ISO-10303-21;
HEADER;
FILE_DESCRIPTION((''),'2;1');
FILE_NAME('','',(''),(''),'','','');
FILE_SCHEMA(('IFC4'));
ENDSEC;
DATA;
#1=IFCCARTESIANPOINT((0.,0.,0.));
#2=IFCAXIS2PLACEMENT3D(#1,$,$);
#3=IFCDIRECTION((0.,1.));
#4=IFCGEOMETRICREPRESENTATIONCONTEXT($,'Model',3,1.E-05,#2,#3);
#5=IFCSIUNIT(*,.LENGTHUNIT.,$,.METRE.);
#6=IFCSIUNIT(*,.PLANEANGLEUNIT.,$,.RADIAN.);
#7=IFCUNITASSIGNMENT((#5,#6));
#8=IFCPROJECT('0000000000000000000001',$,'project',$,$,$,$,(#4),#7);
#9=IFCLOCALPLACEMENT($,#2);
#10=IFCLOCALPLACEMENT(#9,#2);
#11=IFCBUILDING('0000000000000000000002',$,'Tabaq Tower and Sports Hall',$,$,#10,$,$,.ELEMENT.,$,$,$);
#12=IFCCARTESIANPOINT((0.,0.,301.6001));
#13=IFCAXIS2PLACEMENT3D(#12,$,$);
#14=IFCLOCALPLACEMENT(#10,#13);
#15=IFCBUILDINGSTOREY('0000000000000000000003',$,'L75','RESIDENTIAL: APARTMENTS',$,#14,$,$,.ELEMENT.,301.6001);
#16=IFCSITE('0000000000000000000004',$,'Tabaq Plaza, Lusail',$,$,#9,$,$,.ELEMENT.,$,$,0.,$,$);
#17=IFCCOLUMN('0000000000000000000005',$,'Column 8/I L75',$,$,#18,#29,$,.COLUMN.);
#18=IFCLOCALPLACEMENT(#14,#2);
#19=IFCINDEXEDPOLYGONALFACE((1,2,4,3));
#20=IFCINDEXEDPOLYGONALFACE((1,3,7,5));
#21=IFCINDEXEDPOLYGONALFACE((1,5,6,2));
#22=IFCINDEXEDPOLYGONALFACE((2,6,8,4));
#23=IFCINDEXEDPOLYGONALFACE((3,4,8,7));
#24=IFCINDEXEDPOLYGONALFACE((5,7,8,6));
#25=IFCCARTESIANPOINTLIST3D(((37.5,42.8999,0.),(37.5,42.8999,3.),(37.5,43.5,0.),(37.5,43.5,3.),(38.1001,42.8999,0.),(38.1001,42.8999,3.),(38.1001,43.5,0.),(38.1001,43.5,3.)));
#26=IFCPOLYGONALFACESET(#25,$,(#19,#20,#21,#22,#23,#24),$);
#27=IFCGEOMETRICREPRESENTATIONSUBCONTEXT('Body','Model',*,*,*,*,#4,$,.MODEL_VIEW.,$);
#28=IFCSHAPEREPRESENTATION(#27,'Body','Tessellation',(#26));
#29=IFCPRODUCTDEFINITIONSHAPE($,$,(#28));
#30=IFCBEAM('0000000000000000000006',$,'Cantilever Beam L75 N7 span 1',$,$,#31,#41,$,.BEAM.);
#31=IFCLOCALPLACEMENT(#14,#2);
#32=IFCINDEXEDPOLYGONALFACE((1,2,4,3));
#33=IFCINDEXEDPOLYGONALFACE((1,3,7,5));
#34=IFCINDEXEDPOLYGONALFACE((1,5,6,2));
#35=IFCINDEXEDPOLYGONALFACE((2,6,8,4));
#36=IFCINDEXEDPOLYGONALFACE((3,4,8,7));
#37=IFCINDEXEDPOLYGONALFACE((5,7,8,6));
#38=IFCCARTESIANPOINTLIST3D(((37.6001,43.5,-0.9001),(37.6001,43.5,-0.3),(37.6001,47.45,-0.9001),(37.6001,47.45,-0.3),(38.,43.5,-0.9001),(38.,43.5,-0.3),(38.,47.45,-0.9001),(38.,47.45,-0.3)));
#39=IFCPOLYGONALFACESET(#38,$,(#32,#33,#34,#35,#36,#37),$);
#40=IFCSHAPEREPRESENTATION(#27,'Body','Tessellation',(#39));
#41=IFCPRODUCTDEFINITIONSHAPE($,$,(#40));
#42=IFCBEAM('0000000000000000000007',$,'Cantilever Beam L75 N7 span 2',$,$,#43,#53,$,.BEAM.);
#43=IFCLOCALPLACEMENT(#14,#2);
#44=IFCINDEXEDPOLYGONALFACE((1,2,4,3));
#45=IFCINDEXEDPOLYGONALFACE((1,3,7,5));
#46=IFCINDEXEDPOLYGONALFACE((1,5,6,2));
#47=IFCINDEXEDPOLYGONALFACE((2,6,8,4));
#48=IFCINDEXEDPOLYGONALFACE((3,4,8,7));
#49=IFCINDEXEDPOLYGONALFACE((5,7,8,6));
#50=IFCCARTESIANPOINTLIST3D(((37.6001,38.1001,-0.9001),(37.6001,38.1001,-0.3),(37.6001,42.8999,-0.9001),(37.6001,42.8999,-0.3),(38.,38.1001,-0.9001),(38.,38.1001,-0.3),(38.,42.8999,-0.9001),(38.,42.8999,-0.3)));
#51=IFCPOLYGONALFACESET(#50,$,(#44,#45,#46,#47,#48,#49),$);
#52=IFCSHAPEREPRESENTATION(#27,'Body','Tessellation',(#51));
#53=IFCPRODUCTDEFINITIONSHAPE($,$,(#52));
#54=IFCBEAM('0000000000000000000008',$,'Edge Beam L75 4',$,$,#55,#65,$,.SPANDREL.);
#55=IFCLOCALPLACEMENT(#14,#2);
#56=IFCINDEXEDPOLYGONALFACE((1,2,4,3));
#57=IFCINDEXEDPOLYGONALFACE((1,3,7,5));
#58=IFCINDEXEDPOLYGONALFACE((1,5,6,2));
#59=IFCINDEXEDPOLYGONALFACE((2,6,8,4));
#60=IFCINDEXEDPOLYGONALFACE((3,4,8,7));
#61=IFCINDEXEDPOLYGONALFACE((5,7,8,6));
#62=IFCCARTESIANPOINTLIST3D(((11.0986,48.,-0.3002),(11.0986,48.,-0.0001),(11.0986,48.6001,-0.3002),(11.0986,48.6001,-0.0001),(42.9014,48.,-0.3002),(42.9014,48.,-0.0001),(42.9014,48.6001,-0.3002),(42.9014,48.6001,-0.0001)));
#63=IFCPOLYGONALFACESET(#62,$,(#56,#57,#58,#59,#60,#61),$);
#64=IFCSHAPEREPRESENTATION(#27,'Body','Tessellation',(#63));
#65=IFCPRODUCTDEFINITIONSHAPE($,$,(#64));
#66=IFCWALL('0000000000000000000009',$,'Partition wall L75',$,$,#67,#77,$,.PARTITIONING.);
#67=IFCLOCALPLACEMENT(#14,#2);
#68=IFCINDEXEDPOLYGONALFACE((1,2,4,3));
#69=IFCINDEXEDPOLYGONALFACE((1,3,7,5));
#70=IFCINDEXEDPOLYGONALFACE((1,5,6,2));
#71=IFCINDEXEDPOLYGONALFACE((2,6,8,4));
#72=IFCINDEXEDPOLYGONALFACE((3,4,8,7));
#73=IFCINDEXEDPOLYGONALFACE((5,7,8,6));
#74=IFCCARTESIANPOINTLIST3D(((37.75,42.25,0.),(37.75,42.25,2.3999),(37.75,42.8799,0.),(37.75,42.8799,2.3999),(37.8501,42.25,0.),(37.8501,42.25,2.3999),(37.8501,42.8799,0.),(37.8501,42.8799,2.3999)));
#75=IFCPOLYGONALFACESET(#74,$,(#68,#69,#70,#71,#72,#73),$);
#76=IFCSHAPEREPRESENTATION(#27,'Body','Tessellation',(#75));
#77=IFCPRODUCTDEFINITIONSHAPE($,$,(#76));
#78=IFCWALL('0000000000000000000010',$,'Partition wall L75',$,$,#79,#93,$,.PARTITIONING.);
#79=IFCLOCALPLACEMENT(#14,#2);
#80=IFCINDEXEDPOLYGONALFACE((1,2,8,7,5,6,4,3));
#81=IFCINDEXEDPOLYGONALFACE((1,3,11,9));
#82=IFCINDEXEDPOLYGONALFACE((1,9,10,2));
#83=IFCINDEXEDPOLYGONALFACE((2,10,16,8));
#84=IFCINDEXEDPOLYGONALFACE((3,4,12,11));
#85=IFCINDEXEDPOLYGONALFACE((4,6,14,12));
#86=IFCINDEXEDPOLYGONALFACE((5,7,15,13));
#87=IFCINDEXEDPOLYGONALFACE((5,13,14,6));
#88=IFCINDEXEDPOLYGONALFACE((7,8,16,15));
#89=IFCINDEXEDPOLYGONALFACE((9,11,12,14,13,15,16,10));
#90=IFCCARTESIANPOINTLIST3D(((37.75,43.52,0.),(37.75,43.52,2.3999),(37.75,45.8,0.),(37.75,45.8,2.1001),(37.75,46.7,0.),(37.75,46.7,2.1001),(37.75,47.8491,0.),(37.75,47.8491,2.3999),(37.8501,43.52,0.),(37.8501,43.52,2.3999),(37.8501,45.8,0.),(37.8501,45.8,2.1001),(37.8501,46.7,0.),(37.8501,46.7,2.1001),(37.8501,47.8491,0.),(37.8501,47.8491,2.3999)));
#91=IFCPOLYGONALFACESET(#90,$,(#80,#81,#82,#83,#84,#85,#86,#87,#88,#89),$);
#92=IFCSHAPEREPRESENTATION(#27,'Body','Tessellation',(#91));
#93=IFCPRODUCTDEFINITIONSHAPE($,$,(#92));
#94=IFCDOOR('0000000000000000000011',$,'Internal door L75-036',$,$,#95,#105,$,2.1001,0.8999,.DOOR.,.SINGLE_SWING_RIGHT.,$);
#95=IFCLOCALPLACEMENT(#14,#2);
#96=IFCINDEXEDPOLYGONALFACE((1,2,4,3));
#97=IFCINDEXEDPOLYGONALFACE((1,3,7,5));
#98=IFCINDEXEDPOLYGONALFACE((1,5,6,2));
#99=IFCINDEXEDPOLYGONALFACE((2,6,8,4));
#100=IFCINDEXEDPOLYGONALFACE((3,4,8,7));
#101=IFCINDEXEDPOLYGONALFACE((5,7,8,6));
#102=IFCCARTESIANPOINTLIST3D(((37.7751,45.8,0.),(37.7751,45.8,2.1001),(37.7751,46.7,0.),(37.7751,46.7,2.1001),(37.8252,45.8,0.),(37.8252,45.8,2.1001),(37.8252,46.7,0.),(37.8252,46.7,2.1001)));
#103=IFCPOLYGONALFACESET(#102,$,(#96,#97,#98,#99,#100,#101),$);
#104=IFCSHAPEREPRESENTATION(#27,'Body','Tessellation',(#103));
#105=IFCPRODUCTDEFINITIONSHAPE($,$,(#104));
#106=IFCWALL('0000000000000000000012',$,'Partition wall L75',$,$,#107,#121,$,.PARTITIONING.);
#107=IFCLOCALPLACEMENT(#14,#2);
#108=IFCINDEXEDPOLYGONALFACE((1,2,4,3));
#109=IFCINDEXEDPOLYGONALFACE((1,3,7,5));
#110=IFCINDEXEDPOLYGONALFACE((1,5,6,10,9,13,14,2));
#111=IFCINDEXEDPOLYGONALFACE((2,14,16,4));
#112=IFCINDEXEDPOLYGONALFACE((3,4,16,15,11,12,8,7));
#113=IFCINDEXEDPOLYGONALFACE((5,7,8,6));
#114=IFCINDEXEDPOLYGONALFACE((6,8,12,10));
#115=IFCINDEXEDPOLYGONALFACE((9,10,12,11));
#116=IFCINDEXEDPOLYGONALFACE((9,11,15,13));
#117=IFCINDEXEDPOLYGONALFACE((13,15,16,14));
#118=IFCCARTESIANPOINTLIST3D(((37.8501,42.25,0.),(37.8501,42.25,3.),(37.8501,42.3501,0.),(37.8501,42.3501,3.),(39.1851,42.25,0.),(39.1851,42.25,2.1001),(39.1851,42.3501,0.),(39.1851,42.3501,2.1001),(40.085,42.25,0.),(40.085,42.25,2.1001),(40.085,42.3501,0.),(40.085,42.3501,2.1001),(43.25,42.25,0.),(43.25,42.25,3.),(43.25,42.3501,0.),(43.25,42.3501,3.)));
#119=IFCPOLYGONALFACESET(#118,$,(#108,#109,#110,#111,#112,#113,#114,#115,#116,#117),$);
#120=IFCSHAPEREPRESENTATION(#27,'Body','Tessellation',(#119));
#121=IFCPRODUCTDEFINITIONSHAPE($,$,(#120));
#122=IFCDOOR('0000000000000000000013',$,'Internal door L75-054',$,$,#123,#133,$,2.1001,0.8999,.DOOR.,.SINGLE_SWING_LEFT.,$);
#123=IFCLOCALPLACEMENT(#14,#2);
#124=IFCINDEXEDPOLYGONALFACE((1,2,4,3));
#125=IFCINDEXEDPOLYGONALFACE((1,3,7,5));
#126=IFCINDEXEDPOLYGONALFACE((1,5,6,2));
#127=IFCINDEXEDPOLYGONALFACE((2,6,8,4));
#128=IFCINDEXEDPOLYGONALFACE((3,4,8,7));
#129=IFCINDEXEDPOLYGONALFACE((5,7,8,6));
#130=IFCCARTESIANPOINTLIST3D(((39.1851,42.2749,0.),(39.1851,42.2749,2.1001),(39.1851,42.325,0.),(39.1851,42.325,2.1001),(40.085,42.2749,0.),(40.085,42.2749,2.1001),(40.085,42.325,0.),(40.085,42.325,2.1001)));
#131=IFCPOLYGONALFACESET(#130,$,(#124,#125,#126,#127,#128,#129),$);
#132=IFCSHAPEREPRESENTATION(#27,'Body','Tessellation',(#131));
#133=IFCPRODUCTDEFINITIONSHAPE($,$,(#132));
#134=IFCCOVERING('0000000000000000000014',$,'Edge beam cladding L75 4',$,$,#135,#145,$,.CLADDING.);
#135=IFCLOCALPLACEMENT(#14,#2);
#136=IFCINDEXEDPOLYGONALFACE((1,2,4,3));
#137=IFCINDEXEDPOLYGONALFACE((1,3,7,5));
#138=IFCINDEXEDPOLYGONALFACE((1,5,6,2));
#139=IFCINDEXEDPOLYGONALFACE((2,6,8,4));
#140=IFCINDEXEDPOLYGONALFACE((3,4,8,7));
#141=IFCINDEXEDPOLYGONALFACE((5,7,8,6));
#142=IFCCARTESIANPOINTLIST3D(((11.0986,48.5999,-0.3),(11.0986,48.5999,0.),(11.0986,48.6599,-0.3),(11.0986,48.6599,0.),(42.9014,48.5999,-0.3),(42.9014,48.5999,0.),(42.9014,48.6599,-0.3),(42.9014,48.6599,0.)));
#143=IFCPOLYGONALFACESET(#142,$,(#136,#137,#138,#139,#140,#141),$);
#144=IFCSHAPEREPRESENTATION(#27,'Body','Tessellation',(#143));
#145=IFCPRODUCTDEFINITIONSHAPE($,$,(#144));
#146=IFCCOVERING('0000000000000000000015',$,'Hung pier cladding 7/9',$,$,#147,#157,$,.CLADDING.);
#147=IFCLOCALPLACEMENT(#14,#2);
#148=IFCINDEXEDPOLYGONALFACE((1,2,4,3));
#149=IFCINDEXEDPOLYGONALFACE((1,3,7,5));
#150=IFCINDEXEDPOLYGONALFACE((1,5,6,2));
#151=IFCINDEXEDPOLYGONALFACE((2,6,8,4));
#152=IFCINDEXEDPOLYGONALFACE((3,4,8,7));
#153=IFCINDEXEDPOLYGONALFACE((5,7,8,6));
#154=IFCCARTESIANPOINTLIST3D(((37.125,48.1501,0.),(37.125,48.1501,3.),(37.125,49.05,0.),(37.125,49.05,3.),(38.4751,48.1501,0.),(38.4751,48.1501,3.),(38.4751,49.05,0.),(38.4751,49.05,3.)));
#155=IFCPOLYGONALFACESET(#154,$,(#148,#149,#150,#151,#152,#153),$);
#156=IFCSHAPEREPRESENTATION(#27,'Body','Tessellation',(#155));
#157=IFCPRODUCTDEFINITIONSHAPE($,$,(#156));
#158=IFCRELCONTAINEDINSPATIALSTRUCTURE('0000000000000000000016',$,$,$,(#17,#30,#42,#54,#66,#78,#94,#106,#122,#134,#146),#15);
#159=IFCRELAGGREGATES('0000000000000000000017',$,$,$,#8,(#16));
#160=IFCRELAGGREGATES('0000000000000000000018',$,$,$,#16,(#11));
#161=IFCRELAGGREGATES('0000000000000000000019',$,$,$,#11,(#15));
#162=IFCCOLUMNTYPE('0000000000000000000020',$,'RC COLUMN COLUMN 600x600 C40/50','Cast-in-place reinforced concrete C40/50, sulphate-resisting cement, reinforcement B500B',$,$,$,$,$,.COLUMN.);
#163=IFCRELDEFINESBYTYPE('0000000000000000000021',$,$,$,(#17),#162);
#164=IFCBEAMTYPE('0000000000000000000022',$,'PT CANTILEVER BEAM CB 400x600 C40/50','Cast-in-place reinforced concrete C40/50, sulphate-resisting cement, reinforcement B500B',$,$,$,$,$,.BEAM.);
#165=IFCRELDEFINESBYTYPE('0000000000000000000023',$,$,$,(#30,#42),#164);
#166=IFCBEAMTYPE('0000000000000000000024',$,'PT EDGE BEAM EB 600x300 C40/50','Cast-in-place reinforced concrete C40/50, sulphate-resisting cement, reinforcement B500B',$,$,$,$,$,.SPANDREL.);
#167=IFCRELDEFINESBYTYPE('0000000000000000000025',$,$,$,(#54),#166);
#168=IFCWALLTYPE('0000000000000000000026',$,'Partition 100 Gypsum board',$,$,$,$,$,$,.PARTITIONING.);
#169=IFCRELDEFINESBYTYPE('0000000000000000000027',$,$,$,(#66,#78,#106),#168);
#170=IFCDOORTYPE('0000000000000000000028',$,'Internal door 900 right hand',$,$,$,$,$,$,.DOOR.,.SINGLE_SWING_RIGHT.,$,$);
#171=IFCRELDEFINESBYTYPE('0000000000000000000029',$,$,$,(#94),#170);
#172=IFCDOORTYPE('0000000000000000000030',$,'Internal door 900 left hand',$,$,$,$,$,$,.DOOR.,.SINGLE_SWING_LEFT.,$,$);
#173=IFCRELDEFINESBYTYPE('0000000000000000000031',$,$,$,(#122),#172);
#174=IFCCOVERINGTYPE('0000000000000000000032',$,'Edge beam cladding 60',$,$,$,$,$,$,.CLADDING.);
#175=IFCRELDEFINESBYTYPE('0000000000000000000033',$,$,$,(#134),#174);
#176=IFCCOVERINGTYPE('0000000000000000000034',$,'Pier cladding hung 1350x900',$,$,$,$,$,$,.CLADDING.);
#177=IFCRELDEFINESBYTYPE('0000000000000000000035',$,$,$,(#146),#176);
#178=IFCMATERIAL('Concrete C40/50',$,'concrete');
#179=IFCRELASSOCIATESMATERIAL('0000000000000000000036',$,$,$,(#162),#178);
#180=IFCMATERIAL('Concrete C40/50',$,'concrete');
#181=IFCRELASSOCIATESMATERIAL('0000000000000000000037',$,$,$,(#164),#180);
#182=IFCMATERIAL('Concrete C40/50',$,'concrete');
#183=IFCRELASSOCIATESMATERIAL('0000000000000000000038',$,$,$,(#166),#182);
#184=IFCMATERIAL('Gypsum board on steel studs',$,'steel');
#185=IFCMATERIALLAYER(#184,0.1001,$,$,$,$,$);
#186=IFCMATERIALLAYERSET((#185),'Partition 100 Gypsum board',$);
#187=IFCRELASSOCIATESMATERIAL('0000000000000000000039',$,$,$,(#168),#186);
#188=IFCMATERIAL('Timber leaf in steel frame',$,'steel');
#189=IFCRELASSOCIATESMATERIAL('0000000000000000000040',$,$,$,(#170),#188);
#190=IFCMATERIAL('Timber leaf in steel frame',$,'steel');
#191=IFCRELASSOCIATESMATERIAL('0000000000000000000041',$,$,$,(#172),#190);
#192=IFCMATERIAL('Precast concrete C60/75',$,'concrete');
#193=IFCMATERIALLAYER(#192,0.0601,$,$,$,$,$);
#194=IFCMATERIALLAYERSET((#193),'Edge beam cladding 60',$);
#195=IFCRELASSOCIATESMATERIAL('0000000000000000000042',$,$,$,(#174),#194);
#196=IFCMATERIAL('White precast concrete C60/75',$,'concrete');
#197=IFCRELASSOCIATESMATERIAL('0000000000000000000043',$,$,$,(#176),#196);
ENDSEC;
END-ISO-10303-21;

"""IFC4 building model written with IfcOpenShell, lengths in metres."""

from ifc_helpers import new_model, si_unit, direction, frame, frame_2d, origin, origin_2d, place, context, subcontext, project, spatial, rectangle, extrude, material, layer, layer_set, material_profile, profile_set, type_object, element, fill, save


model = new_model("IFC4")

# Units and contexts
model_context = context("Model", 3, precision=1e-05, world=origin(), true_north=direction((0.0, 1.0)))
body_context = subcontext(model_context, "Body", "Model", "MODEL_VIEW")
ifc_project = project(units=[si_unit("LENGTHUNIT", "METRE"), si_unit("PLANEANGLEUNIT", "RADIAN")], contexts=[model_context])

# Site, building, storey
site_placement = place(None, origin())
site = spatial("IfcSite", under=ifc_project, at=site_placement, Name="Tabaq Plaza, Lusail", CompositionType="ELEMENT", RefElevation=0.0)
building_placement = place(site_placement, origin())
building = spatial("IfcBuilding", under=site, at=building_placement, Name="Tabaq Tower and Sports Hall", CompositionType="ELEMENT")
storey_placement = place(building_placement, frame((0.0, 0.0, 301.6001)))
storey = spatial("IfcBuildingStorey", under=building, at=storey_placement, Name="L75", Description="RESIDENTIAL: APARTMENTS", CompositionType="ELEMENT", Elevation=301.6001)

# Column
ifc_material_1 = material(Name="Concrete C40/50", Category="concrete")
ifc_material_profile_1 = material_profile(ifc_material_1, rectangle(XDim=0.6001, YDim=0.6001, at=origin_2d()), Name="COLUMN 600x600")
ifc_profile_set_1 = profile_set([ifc_material_profile_1], Name="Concrete C40/50")
column_type = type_object("IfcColumnType", Name="RC COLUMN COLUMN 600x600 C40/50", Description="Cast-in-place reinforced concrete C40/50, sulphate-resisting cement, reinforcement B500B", PredefinedType="COLUMN", material=ifc_profile_set_1)
column_placement = place(storey_placement, frame((37.8, 43.2, 0.0), z_axis=(0.0, 0.0, 1.0), x_axis=(1.0, 0.0, 0.0)))
element("IfcColumn", 1, at=column_placement, inside=storey, type_object=column_type, Name="Column 8/I L75", PredefinedType="COLUMN", context=body_context, shape_type="SweptSolid", body=[
    extrude(rectangle(XDim=0.6001, YDim=0.6001, at=origin_2d()), origin(), (0.0, 0.0, 1.0), 3.0),
])

# Beams
ifc_material_2 = material(Name="Concrete C40/50", Category="concrete")
ifc_material_profile_2 = material_profile(ifc_material_2, rectangle(XDim=0.3999, YDim=0.6001, at=origin_2d()), Name="CB 400x600")
ifc_profile_set_2 = profile_set([ifc_material_profile_2], Name="Concrete C40/50")
beam_type_1 = type_object("IfcBeamType", Name="PT CANTILEVER BEAM CB 400x600 C40/50", Description="Cast-in-place reinforced concrete C40/50, sulphate-resisting cement, reinforcement B500B", PredefinedType="BEAM", material=ifc_profile_set_2)
beam_1_placement = place(storey_placement, frame((37.8, 47.45, -0.6001), z_axis=(0.0, -1.0, 0.0), x_axis=(1.0, 0.0, 0.0)))
element("IfcBeam", 2, at=beam_1_placement, inside=storey, type_object=beam_type_1, Name="Cantilever Beam L75 N7 span 1", PredefinedType="BEAM", context=body_context, shape_type="SweptSolid", body=[
    extrude(rectangle(XDim=0.3999, YDim=0.6001, at=origin_2d()), origin(), (0.0, 0.0, 1.0), 3.95),
])
beam_2_placement = place(storey_placement, frame((37.8, 42.8999, -0.6001), z_axis=(0.0, -1.0, 0.0), x_axis=(1.0, 0.0, 0.0)))
element("IfcBeam", 3, at=beam_2_placement, inside=storey, type_object=beam_type_1, Name="Cantilever Beam L75 N7 span 2", PredefinedType="BEAM", context=body_context, shape_type="SweptSolid", body=[
    extrude(rectangle(XDim=0.3999, YDim=0.6001, at=origin_2d()), origin(), (0.0, 0.0, 1.0), 4.7998),
])
ifc_material_3 = material(Name="Concrete C40/50", Category="concrete")
ifc_material_profile_3 = material_profile(ifc_material_3, rectangle(XDim=0.6001, YDim=0.3, at=origin_2d()), Name="EB 600x300")
ifc_profile_set_3 = profile_set([ifc_material_profile_3], Name="Concrete C40/50")
beam_type_2 = type_object("IfcBeamType", Name="PT EDGE BEAM EB 600x300 C40/50", Description="Cast-in-place reinforced concrete C40/50, sulphate-resisting cement, reinforcement B500B", PredefinedType="SPANDREL", material=ifc_profile_set_3)
beam_3_placement = place(storey_placement, frame((42.9014, 48.3, -0.1501), z_axis=(-1.0, 0.0, 0.0), x_axis=(0.0, -1.0, 0.0)))
element("IfcBeam", 4, at=beam_3_placement, inside=storey, type_object=beam_type_2, Name="Edge Beam L75 4", PredefinedType="SPANDREL", context=body_context, shape_type="SweptSolid", body=[
    extrude(rectangle(XDim=0.6001, YDim=0.3, at=origin_2d()), origin(), (0.0, 0.0, 1.0), 31.8027),
])

# Wall
ifc_material_4 = material(Name="Gypsum board on steel studs", Category="steel")
ifc_layer_1 = layer(ifc_material_4, 0.1001)
ifc_layer_set_1 = layer_set([ifc_layer_1], Name="Partition 100 Gypsum board")
wall_type = type_object("IfcWallType", Name="Partition 100 Gypsum board", PredefinedType="PARTITIONING", material=ifc_layer_set_1)
wall_1_placement = place(storey_placement, frame((37.8, 42.25, 0.0), z_axis=(0.0, 0.0, 1.0), x_axis=(0.0, 1.0, 0.0)))
element("IfcWall", 5, at=wall_1_placement, inside=storey, type_object=wall_type, Name="Partition wall L75", PredefinedType="PARTITIONING", context=body_context, shape_type="SweptSolid", body=[
    extrude(rectangle(XDim=0.6299, YDim=0.1001, at=frame_2d((0.3149, 0.0))), origin(), (0.0, 0.0, 1.0), 2.3999),
])

# Walls, openings, doors
wall_2_placement = place(storey_placement, frame((37.8, 43.52, 0.0), z_axis=(0.0, 0.0, 1.0), x_axis=(0.0, 1.0, 0.0)))
wall_2 = element("IfcWall", 6, at=wall_2_placement, inside=storey, type_object=wall_type, Name="Partition wall L75", PredefinedType="PARTITIONING", context=body_context, shape_type="SweptSolid", body=[
    extrude(rectangle(XDim=4.3291, YDim=0.1001, at=frame_2d((2.1646, 0.0))), origin(), (0.0, 0.0, 1.0), 2.3999),
])
opening_1_placement = place(wall_2_placement, frame((2.28, 0.0, 0.0)))
opening_1 = element("IfcOpeningElement", 7, at=opening_1_placement, cuts=wall_2, PredefinedType="OPENING", context=body_context, shape_type="SweptSolid", body=[
    extrude(rectangle(XDim=0.8999, YDim=2.1001, at=frame_2d((0.45, 1.05))), frame((0.0, 0.05, 0.0), z_axis=(0.0, -1.0, 0.0), x_axis=(1.0, 0.0, 0.0)), (0.0, 0.0, 1.0), 0.1001),
])
ifc_material_5 = material(Name="Timber leaf in steel frame", Category="steel")
door_type_1 = type_object("IfcDoorType", Name="Internal door 900 right hand", OperationType="SINGLE_SWING_RIGHT", PredefinedType="DOOR", material=ifc_material_5)
door_1_placement = place(opening_1_placement, origin())
door_1 = element("IfcDoor", 8, at=door_1_placement, inside=storey, type_object=door_type_1, Name="Internal door L75-036", OperationType="SINGLE_SWING_RIGHT", OverallHeight=2.1001, OverallWidth=0.8999, PredefinedType="DOOR", context=body_context, shape_type="SweptSolid", body=[
    extrude(rectangle(XDim=0.8999, YDim=2.1001, at=frame_2d((0.45, 1.05))), frame((0.0, 0.0249, 0.0), z_axis=(0.0, -1.0, 0.0), x_axis=(1.0, 0.0, 0.0)), (0.0, 0.0, 1.0), 0.05),
])
fill(opening_1, door_1)
wall_3_placement = place(storey_placement, frame((37.8501, 42.3, 0.0), z_axis=(0.0, 0.0, 1.0), x_axis=(1.0, 0.0, 0.0)))
wall_3 = element("IfcWall", 9, at=wall_3_placement, inside=storey, type_object=wall_type, Name="Partition wall L75", PredefinedType="PARTITIONING", context=body_context, shape_type="SweptSolid", body=[
    extrude(rectangle(XDim=5.3999, YDim=0.1001, at=frame_2d((2.7, 0.0))), origin(), (0.0, 0.0, 1.0), 3.0),
])
opening_2_placement = place(wall_3_placement, frame((1.335, 0.0, 0.0)))
opening_2 = element("IfcOpeningElement", 10, at=opening_2_placement, cuts=wall_3, PredefinedType="OPENING", context=body_context, shape_type="SweptSolid", body=[
    extrude(rectangle(XDim=0.8999, YDim=2.1001, at=frame_2d((0.45, 1.05))), frame((0.0, 0.05, 0.0), z_axis=(0.0, -1.0, 0.0), x_axis=(1.0, 0.0, 0.0)), (0.0, 0.0, 1.0), 0.1001),
])
ifc_material_6 = material(Name="Timber leaf in steel frame", Category="steel")
door_type_2 = type_object("IfcDoorType", Name="Internal door 900 left hand", OperationType="SINGLE_SWING_LEFT", PredefinedType="DOOR", material=ifc_material_6)
door_2_placement = place(opening_2_placement, origin())
door_2 = element("IfcDoor", 11, at=door_2_placement, inside=storey, type_object=door_type_2, Name="Internal door L75-054", OperationType="SINGLE_SWING_LEFT", OverallHeight=2.1001, OverallWidth=0.8999, PredefinedType="DOOR", context=body_context, shape_type="SweptSolid", body=[
    extrude(rectangle(XDim=0.8999, YDim=2.1001, at=frame_2d((0.45, 1.05))), frame((0.0, 0.0249, 0.0), z_axis=(0.0, -1.0, 0.0), x_axis=(1.0, 0.0, 0.0)), (0.0, 0.0, 1.0), 0.05),
])
fill(opening_2, door_2)

# Coverings
ifc_material_7 = material(Name="Precast concrete C60/75", Category="concrete")
ifc_layer_2 = layer(ifc_material_7, 0.0601)
ifc_layer_set_2 = layer_set([ifc_layer_2], Name="Edge beam cladding 60")
covering_type_1 = type_object("IfcCoveringType", Name="Edge beam cladding 60", PredefinedType="CLADDING", material=ifc_layer_set_2)
covering_1_placement = place(storey_placement, frame((42.9014, 48.6299, -0.3), z_axis=(0.0, 0.0, 1.0), x_axis=(-1.0, 0.0, 0.0)))
element("IfcCovering", 12, at=covering_1_placement, inside=storey, type_object=covering_type_1, Name="Edge beam cladding L75 4", PredefinedType="CLADDING", context=body_context, shape_type="SweptSolid", body=[
    extrude(rectangle(XDim=31.8027, YDim=0.0601, at=frame_2d((15.9014, 0.0))), origin(), (0.0, 0.0, 1.0), 0.3),
])
ifc_material_8 = material(Name="White precast concrete C60/75", Category="concrete")
covering_type_2 = type_object("IfcCoveringType", Name="Pier cladding hung 1350x900", PredefinedType="CLADDING", material=ifc_material_8)
covering_2_placement = place(storey_placement, frame((38.4751, 48.6001, 0.0), z_axis=(0.0, 0.0, 1.0), x_axis=(-1.0, 0.0, 0.0)))
element("IfcCovering", 13, at=covering_2_placement, inside=storey, type_object=covering_type_2, Name="Hung pier cladding 7/9", PredefinedType="CLADDING", context=body_context, shape_type="SweptSolid", body=[
    extrude(rectangle(XDim=1.3501, YDim=0.8999, at=frame_2d((0.675, 0.0))), origin(), (0.0, 0.0, 1.0), 3.0),
])

save(model, "model.ifc")
